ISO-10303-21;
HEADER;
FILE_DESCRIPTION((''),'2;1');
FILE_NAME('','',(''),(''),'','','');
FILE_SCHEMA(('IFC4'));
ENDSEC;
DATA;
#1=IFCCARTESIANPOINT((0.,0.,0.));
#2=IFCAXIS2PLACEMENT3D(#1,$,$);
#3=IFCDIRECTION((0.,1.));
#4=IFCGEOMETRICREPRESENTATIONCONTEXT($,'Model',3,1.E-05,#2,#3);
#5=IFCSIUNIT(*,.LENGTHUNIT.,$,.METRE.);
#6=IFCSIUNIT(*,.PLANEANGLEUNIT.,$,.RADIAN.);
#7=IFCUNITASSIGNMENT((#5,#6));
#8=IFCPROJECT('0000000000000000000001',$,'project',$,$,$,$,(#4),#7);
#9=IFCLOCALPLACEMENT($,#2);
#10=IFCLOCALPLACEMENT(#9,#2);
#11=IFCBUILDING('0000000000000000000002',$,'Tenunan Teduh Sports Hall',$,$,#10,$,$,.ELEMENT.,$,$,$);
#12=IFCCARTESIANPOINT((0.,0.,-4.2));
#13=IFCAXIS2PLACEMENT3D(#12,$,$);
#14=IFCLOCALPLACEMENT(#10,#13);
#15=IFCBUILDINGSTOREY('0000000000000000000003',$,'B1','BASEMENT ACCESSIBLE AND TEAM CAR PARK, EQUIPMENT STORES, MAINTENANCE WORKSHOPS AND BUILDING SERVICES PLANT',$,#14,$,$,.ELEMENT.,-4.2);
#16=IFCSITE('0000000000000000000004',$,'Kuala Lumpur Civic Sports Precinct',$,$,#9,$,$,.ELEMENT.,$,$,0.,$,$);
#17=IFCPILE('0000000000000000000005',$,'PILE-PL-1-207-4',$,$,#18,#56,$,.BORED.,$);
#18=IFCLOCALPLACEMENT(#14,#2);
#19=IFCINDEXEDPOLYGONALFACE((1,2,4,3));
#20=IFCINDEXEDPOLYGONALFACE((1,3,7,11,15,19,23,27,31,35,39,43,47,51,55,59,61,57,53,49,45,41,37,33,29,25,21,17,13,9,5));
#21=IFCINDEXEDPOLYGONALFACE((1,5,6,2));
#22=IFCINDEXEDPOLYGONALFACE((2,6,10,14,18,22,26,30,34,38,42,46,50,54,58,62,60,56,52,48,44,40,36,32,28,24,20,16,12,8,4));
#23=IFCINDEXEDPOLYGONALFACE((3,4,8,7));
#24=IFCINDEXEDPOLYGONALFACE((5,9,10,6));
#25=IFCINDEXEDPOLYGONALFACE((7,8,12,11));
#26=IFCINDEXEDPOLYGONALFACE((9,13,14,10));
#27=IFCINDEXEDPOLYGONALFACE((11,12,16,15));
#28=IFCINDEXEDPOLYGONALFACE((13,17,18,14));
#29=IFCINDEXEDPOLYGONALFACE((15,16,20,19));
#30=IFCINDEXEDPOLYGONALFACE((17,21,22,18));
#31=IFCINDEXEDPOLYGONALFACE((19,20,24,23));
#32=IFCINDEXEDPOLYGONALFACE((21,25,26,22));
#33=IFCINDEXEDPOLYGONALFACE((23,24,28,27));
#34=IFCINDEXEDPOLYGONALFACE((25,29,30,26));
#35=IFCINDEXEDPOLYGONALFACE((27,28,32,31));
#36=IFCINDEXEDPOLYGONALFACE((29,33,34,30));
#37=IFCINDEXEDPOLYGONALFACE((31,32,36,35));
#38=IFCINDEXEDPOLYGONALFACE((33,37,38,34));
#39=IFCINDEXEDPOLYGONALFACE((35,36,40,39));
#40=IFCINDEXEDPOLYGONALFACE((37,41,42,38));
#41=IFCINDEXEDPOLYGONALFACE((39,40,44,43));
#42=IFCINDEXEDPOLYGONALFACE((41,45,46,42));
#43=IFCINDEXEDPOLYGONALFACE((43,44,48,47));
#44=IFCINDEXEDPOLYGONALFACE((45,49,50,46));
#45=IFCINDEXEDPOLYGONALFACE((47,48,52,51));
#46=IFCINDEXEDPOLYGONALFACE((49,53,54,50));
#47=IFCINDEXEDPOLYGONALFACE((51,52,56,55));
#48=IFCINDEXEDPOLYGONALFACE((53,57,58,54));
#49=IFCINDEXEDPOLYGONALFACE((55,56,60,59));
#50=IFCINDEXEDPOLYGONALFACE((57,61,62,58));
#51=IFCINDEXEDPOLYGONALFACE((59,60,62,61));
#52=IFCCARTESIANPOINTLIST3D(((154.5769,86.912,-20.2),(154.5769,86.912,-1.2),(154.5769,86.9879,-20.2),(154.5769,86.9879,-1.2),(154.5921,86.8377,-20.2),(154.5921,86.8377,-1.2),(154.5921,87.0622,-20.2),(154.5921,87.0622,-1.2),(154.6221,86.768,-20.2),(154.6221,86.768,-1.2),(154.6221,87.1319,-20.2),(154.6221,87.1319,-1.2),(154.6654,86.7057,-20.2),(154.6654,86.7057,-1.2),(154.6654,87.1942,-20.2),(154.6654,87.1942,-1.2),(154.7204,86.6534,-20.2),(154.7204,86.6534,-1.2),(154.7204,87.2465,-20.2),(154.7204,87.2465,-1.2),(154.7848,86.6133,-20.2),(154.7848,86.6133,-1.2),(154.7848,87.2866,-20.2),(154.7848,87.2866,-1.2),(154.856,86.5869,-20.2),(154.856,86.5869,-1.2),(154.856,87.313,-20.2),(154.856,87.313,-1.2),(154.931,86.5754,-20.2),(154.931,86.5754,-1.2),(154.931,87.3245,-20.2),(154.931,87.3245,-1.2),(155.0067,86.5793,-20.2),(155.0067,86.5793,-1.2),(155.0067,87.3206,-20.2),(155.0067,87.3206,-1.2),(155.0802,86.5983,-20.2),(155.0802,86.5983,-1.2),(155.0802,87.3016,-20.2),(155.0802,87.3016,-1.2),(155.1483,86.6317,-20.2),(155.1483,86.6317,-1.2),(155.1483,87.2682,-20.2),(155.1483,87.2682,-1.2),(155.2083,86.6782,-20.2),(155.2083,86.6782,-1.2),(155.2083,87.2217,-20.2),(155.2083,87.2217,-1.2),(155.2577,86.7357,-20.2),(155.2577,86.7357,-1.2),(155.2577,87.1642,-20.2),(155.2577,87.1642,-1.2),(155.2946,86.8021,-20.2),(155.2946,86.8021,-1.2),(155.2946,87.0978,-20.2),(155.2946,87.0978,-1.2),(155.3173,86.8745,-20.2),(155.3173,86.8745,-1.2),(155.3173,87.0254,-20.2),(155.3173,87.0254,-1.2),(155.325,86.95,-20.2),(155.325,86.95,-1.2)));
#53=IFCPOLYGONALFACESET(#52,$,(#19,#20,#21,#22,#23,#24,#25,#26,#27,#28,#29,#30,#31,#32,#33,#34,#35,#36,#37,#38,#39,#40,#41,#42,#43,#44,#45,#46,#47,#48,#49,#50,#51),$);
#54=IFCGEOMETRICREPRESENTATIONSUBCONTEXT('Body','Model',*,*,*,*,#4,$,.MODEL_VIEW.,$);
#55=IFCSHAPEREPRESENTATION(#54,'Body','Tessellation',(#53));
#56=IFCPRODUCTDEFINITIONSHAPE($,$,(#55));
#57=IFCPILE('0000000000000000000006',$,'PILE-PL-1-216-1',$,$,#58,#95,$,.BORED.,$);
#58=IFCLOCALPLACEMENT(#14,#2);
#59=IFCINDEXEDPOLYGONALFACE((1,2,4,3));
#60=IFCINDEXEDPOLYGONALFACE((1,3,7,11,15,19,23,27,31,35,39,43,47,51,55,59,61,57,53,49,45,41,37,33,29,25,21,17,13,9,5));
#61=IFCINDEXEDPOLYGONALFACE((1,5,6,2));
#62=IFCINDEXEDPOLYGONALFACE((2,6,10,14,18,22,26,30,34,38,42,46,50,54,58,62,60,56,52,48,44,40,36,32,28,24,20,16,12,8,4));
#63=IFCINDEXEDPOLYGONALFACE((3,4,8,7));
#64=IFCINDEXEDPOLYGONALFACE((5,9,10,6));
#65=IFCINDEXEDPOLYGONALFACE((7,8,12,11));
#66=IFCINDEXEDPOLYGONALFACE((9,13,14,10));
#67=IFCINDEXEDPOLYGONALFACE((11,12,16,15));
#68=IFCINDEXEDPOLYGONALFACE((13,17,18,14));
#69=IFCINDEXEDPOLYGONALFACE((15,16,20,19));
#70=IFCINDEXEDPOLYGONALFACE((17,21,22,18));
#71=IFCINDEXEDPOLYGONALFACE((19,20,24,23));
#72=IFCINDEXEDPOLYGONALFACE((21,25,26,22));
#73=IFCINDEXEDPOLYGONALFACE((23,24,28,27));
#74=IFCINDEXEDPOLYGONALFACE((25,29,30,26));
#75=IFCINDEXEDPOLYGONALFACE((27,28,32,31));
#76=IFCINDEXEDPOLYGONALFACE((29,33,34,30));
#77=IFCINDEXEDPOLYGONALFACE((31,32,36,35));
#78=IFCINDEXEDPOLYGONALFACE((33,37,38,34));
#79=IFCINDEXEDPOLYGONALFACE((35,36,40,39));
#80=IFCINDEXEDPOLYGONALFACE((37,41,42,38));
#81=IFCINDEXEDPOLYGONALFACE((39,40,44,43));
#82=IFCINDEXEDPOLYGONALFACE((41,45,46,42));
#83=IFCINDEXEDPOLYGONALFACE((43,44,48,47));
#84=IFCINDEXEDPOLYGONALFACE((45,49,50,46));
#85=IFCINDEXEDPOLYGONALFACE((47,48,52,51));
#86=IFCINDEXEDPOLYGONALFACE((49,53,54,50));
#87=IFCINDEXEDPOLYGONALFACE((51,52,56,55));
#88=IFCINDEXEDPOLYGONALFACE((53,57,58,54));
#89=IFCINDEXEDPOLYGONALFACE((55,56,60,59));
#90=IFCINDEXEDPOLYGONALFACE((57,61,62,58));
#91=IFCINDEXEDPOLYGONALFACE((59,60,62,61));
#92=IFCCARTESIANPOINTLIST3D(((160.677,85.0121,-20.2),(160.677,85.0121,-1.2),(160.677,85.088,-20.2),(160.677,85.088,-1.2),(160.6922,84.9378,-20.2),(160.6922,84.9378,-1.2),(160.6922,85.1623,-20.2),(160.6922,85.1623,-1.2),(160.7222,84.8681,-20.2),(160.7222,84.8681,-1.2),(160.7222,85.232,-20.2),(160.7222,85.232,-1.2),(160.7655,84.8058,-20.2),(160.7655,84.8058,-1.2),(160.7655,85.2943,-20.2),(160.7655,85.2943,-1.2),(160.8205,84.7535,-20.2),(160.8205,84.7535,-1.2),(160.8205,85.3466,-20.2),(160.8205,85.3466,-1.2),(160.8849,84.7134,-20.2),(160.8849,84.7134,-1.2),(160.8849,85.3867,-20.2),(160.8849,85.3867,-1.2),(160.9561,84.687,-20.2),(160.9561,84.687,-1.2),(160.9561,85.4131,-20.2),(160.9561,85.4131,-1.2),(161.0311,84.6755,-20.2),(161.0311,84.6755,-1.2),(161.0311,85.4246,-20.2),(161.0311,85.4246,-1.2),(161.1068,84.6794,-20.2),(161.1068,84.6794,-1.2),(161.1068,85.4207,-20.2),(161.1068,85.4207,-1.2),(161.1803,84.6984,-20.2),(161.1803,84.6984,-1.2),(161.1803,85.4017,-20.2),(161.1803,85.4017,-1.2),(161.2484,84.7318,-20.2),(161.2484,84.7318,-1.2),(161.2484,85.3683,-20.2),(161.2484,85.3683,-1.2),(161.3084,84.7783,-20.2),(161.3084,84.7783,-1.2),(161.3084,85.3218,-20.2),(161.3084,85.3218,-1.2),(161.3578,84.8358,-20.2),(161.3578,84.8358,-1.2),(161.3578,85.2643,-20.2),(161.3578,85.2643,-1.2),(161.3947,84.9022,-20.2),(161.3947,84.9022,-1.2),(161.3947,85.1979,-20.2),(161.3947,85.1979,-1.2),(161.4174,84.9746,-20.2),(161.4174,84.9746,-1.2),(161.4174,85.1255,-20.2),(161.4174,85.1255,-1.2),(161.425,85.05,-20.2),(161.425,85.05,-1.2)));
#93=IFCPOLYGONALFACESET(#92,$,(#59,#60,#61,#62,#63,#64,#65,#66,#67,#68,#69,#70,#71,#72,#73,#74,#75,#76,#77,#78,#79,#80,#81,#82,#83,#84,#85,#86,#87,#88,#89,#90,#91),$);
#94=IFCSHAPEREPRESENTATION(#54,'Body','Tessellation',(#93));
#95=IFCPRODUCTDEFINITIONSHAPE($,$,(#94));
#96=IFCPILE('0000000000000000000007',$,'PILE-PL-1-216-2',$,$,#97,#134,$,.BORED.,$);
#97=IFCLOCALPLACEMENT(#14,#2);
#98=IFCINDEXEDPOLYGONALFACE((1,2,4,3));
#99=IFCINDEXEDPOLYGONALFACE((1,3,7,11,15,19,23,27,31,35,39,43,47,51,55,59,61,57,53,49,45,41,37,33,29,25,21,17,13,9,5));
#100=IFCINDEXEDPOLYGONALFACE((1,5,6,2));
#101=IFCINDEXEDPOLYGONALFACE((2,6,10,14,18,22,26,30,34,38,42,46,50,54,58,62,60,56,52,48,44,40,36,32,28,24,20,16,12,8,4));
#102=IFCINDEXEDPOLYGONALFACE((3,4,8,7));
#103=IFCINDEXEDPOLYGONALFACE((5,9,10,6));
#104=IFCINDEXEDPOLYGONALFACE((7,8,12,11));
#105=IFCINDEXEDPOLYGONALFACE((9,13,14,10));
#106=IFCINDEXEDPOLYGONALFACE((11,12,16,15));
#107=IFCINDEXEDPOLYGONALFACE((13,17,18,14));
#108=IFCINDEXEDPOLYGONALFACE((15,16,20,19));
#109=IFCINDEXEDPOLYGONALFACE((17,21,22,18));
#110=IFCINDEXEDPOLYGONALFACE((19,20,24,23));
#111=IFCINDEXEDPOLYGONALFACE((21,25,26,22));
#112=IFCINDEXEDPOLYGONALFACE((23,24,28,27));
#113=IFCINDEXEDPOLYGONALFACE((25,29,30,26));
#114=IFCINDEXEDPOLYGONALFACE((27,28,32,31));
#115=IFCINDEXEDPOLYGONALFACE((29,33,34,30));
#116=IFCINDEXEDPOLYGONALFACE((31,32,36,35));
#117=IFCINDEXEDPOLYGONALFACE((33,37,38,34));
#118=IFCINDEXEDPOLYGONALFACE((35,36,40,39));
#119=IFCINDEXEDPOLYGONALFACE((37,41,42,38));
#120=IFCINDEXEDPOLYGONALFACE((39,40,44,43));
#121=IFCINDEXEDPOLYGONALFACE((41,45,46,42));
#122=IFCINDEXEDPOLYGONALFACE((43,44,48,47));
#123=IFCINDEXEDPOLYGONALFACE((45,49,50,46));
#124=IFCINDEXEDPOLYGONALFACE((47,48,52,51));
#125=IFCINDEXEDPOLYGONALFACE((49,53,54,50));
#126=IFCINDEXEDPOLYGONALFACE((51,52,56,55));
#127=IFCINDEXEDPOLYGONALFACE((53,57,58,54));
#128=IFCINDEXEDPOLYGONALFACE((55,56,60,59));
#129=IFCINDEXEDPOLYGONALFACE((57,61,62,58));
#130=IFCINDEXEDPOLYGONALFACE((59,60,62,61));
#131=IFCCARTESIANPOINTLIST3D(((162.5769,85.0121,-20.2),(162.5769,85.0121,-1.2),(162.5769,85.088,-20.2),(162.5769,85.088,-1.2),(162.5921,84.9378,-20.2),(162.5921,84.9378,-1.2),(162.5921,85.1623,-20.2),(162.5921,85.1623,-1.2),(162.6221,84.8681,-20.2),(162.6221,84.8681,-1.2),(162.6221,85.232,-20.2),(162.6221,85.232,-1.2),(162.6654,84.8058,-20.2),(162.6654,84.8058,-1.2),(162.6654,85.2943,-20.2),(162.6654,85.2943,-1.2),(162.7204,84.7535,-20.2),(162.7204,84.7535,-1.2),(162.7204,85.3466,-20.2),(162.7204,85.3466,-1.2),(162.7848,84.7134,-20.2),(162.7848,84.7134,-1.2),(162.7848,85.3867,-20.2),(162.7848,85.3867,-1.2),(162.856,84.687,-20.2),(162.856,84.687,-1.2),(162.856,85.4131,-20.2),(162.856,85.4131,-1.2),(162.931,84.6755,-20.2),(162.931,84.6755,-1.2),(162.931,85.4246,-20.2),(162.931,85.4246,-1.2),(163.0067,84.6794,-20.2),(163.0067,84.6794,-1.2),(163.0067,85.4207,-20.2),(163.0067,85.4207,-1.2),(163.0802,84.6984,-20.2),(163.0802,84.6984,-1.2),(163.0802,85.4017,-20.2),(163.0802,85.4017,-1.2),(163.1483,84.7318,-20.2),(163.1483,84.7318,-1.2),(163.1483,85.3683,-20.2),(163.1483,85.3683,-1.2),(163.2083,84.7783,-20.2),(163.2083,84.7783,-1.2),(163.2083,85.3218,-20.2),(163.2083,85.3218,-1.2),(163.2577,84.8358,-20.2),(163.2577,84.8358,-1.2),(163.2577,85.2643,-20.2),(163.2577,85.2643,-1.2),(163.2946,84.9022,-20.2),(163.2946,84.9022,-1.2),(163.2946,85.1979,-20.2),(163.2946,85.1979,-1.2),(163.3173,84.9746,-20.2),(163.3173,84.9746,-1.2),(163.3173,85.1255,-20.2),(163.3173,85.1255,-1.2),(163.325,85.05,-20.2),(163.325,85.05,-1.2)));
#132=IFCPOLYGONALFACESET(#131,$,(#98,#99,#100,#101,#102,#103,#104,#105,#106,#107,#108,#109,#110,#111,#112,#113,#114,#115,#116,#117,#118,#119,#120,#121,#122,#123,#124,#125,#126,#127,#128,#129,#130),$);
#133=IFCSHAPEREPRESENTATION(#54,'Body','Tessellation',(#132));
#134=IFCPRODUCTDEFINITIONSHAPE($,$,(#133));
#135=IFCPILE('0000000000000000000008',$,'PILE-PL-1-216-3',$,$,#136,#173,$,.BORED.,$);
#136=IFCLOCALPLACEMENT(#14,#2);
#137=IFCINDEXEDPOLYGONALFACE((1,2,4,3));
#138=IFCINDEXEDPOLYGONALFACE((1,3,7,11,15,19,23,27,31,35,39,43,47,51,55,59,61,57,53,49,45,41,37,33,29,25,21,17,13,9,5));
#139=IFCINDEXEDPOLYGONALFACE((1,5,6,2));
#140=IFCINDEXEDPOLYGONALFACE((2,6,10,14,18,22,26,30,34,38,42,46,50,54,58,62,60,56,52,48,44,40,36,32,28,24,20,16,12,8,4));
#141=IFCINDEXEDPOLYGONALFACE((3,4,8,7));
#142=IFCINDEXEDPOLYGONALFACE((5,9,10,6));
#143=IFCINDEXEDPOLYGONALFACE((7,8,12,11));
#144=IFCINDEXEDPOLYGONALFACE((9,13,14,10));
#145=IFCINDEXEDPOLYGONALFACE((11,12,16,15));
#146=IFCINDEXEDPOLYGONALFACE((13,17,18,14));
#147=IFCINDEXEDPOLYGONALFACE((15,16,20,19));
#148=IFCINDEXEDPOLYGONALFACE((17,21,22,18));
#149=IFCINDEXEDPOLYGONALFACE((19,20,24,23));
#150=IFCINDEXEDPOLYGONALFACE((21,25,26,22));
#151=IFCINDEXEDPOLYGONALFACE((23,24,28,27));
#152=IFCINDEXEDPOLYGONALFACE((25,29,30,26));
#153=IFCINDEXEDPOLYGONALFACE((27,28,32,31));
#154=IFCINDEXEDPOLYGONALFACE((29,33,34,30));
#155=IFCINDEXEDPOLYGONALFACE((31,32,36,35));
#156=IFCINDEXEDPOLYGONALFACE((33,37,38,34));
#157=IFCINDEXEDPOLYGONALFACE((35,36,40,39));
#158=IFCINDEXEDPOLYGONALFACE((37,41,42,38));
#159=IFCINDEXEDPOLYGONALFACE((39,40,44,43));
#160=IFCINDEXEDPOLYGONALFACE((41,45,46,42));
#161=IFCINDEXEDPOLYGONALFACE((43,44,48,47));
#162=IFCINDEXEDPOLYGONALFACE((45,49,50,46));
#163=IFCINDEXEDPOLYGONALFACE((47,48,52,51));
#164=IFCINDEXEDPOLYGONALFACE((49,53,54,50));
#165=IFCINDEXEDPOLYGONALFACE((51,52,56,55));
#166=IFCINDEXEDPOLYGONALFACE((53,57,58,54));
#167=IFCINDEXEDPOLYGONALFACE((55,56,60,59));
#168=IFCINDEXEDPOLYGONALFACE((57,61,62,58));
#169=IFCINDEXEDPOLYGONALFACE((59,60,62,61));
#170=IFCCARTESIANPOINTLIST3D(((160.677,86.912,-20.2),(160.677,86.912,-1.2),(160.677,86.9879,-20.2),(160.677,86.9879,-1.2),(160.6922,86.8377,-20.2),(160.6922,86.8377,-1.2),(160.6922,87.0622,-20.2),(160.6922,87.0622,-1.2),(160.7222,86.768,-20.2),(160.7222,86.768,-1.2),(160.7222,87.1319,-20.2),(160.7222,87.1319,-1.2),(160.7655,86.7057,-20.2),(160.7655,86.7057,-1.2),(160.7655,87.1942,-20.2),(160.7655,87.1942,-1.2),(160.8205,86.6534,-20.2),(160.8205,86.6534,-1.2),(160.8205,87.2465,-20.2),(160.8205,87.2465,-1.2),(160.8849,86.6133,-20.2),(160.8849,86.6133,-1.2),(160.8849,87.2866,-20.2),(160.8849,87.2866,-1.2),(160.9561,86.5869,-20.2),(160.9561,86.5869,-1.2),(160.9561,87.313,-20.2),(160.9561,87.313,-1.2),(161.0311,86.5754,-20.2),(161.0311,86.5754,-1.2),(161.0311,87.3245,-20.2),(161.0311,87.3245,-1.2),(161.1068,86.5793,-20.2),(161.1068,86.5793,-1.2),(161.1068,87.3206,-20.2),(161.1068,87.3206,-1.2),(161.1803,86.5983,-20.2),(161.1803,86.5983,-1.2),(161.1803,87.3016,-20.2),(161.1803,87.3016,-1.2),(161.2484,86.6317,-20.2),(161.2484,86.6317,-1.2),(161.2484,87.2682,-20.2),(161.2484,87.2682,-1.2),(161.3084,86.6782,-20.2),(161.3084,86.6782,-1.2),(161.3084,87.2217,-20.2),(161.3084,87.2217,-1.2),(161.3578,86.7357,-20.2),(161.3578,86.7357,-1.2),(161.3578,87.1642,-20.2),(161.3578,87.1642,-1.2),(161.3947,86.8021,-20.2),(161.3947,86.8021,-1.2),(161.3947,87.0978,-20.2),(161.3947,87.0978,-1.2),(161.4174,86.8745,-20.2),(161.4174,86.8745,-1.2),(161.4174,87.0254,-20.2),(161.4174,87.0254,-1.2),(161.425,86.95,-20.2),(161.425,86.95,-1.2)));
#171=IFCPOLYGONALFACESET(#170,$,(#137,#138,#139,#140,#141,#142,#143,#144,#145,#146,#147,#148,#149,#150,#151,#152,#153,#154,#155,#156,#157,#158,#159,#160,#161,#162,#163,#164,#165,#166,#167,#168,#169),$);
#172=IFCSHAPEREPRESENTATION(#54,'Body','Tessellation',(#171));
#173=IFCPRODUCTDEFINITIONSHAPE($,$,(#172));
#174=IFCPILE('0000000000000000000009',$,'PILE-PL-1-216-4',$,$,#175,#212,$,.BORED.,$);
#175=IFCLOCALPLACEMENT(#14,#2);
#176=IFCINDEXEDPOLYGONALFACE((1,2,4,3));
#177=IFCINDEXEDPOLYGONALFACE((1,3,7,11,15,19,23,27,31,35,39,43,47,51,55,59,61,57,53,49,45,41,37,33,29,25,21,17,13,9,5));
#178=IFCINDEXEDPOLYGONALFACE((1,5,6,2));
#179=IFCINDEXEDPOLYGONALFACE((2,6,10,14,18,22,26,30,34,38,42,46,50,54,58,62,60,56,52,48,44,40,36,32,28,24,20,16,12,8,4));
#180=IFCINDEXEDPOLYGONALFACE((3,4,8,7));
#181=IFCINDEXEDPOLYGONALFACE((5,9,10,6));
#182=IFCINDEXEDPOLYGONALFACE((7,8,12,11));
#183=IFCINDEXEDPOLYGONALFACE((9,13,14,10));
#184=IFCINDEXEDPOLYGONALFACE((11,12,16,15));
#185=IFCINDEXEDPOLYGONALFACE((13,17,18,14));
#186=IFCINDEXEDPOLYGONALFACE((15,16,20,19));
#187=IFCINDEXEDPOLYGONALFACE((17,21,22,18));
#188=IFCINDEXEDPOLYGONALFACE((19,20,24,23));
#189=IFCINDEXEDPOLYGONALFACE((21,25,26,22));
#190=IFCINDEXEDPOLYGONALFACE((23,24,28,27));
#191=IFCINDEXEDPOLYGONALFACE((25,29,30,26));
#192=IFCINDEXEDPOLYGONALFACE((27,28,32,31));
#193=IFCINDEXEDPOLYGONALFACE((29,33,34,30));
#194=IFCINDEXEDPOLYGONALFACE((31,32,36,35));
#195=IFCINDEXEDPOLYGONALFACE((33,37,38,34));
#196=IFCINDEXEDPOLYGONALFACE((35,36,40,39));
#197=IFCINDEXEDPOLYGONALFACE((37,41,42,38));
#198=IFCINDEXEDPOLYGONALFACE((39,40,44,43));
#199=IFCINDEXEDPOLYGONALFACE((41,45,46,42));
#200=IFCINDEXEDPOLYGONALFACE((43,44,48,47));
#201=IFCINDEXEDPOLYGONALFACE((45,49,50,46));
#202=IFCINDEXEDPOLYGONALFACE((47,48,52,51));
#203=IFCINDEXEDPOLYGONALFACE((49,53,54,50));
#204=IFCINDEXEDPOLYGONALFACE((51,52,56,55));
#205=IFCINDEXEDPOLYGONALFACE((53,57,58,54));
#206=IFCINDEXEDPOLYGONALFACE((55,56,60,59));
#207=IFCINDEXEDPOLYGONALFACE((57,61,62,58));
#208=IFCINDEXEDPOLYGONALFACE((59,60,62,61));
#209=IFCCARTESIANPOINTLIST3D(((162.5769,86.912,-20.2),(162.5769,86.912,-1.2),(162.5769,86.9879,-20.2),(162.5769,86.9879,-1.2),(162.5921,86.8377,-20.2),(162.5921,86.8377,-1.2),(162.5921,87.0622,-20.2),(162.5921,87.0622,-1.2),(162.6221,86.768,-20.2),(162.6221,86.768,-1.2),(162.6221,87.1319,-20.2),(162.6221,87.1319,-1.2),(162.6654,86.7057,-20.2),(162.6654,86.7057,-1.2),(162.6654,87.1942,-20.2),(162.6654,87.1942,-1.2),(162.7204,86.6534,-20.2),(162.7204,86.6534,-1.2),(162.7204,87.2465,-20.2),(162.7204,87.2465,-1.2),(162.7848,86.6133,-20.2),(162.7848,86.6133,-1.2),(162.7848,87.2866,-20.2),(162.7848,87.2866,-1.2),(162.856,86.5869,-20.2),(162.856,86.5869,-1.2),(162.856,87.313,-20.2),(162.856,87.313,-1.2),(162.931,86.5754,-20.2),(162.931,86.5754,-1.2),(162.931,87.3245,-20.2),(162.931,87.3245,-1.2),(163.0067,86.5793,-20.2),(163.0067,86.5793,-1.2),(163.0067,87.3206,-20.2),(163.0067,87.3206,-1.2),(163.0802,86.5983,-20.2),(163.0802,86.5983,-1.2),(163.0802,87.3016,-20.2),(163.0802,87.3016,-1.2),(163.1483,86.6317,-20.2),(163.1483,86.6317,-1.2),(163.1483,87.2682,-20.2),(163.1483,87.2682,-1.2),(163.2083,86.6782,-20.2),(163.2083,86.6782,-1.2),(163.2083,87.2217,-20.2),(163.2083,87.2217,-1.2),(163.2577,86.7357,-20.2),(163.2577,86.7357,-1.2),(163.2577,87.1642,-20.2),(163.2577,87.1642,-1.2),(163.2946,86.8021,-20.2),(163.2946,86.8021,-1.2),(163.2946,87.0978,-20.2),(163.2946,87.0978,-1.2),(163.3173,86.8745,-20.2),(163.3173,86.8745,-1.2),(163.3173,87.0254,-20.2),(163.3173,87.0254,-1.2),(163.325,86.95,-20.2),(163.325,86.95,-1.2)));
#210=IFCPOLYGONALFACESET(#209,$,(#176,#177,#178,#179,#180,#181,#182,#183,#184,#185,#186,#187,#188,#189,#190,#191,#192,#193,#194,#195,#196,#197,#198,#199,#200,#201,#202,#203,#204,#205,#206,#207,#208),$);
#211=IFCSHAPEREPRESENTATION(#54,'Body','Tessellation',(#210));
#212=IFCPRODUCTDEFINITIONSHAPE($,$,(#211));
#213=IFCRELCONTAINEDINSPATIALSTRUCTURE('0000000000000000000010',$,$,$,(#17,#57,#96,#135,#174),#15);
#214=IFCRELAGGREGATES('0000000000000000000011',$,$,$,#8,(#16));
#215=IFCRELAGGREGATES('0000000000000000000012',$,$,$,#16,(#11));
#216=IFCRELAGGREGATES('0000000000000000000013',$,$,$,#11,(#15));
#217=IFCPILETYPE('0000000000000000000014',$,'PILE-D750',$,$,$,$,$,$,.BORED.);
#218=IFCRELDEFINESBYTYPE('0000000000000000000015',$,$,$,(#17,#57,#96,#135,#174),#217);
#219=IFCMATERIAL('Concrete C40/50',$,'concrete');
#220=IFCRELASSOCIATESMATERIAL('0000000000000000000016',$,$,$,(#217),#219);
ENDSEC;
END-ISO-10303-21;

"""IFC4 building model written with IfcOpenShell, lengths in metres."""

from ifc_helpers import new_model, si_unit, direction, frame, origin, origin_2d, place, context, subcontext, project, spatial, circle, extrude, material, material_profile, profile_set, type_object, element, save


model = new_model("IFC4")

# Units and contexts
model_context = context("Model", 3, precision=1e-05, world=origin(), true_north=direction((0.0, 1.0)))
body_context = subcontext(model_context, "Body", "Model", "MODEL_VIEW")
ifc_project = project(units=[si_unit("LENGTHUNIT", "METRE"), si_unit("PLANEANGLEUNIT", "RADIAN")], contexts=[model_context])

# Site, building, storey
site_placement = place(None, origin())
site = spatial("IfcSite", under=ifc_project, at=site_placement, Name="Kuala Lumpur Civic Sports Precinct", CompositionType="ELEMENT", RefElevation=0.0)
building_placement = place(site_placement, origin())
building = spatial("IfcBuilding", under=site, at=building_placement, Name="Tenunan Teduh Sports Hall", CompositionType="ELEMENT")
storey_placement = place(building_placement, frame((0.0, 0.0, -4.2)))
storey = spatial("IfcBuildingStorey", under=building, at=storey_placement, Name="B1", Description="BASEMENT ACCESSIBLE AND TEAM CAR PARK, EQUIPMENT STORES, MAINTENANCE WORKSHOPS AND BUILDING SERVICES PLANT", CompositionType="ELEMENT", Elevation=-4.2)

# Piles
ifc_material_1 = material(Name="Concrete C40/50", Category="concrete")
ifc_material_profile_1 = material_profile(ifc_material_1, circle(Radius=0.375, at=origin_2d()), Name="PILE D750")
ifc_profile_set_1 = profile_set([ifc_material_profile_1], Name="Concrete C40/50")
pile_type_1 = type_object("IfcPileType", Name="PILE-D750", PredefinedType="BORED", material=ifc_profile_set_1)
for number, where, z_axis, x_axis, name in (
    (1, (154.95, 86.95, -1.2), (0.0, 0.0, -1.0), (1.0, 0.0, 0.0), "PILE-PL-1-207-4"),
    (2, (161.05, 85.05, -1.2), (0.0, 0.0, -1.0), (1.0, 0.0, 0.0), "PILE-PL-1-216-1"),
    (3, (162.95, 85.05, -1.2), (0.0, 0.0, -1.0), (1.0, 0.0, 0.0), "PILE-PL-1-216-2"),
    (4, (161.05, 86.95, -1.2), (0.0, 0.0, -1.0), (1.0, 0.0, 0.0), "PILE-PL-1-216-3"),
    (5, (162.95, 86.95, -1.2), (0.0, 0.0, -1.0), (1.0, 0.0, 0.0), "PILE-PL-1-216-4"),
):
    element("IfcPile", number, at=place(storey_placement, frame(where, z_axis=z_axis, x_axis=x_axis)), inside=storey, type_object=pile_type_1, Name=name, PredefinedType="BORED", context=body_context, shape_type="SweptSolid", body=[
        extrude(circle(Radius=0.375, at=origin_2d()), origin(), (0.0, 0.0, 1.0), 19.0),
    ])

save(model, "model.ifc")
